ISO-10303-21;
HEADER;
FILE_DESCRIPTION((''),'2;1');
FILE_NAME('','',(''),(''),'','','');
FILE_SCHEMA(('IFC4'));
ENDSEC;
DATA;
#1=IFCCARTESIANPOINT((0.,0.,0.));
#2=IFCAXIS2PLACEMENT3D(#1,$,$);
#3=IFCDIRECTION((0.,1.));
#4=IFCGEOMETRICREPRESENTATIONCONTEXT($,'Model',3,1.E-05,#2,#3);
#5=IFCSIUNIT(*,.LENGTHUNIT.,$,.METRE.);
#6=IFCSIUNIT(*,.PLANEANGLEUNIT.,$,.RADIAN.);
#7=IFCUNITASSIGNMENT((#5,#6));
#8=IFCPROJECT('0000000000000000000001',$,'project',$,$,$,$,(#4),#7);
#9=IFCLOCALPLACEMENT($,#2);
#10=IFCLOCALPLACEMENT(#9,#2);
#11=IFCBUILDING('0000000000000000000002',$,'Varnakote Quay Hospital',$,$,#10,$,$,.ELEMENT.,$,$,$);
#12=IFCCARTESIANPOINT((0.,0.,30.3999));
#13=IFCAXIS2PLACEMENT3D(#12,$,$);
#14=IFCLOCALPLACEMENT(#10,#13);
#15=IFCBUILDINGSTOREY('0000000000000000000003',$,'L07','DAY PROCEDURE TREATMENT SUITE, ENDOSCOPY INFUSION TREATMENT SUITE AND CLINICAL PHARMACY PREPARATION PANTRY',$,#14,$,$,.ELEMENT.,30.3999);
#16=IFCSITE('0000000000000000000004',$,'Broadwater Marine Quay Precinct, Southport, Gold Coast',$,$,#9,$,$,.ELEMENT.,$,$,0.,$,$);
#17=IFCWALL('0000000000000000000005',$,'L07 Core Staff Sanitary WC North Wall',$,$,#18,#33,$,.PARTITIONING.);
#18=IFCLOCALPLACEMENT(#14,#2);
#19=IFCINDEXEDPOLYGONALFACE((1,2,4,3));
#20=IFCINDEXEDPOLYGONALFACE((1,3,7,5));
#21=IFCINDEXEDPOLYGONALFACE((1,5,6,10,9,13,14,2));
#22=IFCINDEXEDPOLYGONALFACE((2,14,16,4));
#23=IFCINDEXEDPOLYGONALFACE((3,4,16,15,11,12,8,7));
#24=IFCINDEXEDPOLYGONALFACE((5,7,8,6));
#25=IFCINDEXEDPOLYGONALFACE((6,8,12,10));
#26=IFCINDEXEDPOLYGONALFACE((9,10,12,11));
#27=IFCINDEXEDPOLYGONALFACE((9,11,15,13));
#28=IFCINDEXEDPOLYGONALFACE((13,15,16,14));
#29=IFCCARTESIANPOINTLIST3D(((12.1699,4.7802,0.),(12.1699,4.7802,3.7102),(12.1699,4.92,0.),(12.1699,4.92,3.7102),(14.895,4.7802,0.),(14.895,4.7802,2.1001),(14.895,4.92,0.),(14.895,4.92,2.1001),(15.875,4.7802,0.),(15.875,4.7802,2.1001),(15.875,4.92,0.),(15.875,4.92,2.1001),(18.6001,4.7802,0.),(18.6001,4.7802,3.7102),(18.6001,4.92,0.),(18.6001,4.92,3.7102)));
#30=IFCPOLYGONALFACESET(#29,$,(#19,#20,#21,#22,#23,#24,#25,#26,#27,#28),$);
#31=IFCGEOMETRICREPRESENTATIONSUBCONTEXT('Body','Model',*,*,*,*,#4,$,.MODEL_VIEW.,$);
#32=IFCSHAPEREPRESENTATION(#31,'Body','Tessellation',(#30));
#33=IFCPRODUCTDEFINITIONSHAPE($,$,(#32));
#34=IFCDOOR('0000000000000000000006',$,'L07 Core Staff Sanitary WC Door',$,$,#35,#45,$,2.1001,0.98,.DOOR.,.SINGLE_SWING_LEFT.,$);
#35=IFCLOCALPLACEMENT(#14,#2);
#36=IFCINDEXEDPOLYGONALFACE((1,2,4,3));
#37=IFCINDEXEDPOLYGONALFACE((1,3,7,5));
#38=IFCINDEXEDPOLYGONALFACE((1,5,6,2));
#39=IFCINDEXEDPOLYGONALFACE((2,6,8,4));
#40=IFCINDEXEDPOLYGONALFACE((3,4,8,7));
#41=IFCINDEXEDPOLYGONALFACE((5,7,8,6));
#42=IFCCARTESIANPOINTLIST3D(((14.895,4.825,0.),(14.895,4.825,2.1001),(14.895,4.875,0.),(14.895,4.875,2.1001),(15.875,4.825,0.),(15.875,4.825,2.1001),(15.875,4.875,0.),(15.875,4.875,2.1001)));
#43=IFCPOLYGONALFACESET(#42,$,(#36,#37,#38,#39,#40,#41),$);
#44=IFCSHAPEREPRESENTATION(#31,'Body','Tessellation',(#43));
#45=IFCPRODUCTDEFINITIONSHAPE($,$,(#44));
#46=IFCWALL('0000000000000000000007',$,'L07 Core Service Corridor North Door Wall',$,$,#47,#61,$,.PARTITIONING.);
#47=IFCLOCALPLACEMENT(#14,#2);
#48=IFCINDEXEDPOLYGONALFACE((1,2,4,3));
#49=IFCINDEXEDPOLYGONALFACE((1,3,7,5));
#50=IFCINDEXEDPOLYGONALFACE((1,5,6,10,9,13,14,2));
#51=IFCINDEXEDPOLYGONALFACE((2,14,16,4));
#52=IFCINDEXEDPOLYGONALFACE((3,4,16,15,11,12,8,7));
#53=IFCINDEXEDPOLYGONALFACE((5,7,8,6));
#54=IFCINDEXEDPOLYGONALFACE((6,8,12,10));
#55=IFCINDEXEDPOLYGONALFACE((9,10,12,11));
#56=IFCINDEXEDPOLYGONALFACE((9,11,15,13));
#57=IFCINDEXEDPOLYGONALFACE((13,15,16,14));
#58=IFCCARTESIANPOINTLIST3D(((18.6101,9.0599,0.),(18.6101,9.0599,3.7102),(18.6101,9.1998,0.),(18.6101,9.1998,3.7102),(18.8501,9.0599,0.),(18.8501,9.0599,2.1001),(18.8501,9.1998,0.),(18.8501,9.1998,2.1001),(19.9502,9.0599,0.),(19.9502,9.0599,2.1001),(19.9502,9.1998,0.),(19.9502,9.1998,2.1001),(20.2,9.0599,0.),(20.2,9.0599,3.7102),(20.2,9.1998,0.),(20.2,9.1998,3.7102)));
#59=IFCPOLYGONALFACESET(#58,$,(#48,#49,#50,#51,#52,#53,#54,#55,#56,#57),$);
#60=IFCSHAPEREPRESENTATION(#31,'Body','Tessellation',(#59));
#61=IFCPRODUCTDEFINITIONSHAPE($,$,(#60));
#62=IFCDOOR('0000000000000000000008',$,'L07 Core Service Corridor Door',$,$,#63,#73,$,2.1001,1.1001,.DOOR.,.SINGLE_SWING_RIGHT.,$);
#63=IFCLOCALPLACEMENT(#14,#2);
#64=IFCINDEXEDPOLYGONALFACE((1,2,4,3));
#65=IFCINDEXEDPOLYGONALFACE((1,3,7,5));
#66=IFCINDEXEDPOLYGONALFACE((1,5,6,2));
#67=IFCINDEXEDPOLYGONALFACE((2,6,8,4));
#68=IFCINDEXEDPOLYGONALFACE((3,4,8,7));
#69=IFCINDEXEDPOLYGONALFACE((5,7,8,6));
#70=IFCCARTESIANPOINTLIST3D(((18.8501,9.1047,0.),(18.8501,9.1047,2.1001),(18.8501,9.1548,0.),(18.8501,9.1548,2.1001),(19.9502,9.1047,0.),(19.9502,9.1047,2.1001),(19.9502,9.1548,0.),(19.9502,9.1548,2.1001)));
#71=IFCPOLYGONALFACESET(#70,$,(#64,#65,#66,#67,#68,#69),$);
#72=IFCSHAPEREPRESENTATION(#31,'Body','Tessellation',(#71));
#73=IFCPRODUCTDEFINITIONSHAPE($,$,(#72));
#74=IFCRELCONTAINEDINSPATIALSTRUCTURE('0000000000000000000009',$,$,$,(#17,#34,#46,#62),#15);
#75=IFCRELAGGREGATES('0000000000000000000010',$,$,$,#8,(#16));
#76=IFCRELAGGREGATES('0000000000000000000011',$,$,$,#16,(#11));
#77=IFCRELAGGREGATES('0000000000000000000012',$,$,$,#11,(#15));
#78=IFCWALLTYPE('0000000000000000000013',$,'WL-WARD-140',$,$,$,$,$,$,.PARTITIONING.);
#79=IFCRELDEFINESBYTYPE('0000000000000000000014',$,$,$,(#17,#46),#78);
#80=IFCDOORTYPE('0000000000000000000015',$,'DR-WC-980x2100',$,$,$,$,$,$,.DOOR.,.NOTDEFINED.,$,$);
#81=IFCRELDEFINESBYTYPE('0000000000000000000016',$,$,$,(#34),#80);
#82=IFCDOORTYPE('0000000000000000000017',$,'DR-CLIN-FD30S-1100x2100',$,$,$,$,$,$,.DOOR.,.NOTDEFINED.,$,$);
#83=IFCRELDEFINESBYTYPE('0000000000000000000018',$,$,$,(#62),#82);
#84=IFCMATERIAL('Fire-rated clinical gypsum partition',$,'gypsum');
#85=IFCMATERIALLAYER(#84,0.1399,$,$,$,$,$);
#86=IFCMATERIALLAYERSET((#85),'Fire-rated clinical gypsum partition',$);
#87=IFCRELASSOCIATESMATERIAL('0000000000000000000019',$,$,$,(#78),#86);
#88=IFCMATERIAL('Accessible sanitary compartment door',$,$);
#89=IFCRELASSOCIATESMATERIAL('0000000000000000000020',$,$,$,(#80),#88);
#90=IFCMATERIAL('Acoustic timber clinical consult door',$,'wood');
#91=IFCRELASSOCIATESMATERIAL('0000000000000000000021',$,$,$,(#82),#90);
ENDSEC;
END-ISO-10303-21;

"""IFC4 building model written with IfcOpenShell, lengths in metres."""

from ifc_helpers import new_model, si_unit, direction, frame, frame_2d, origin, place, context, subcontext, project, spatial, rectangle, extrude, material, layer, layer_set, type_object, element, fill, save


model = new_model("IFC4")

# Units and contexts
model_context = context("Model", 3, precision=1e-05, world=origin(), true_north=direction((0.0, 1.0)))
body_context = subcontext(model_context, "Body", "Model", "MODEL_VIEW")
ifc_project = project(units=[si_unit("LENGTHUNIT", "METRE"), si_unit("PLANEANGLEUNIT", "RADIAN")], contexts=[model_context])

# Site, building, storey
site_placement = place(None, origin())
site = spatial("IfcSite", under=ifc_project, at=site_placement, Name="Broadwater Marine Quay Precinct, Southport, Gold Coast", CompositionType="ELEMENT", RefElevation=0.0)
building_placement = place(site_placement, origin())
building = spatial("IfcBuilding", under=site, at=building_placement, Name="Varnakote Quay Hospital", CompositionType="ELEMENT")
storey_placement = place(building_placement, frame((0.0, 0.0, 30.3999)))
storey = spatial("IfcBuildingStorey", under=building, at=storey_placement, Name="L07", Description="DAY PROCEDURE TREATMENT SUITE, ENDOSCOPY INFUSION TREATMENT SUITE AND CLINICAL PHARMACY PREPARATION PANTRY", CompositionType="ELEMENT", Elevation=30.3999)

# Walls, openings, doors
ifc_material_1 = material(Name="Fire-rated clinical gypsum partition", Category="gypsum")
ifc_layer_1 = layer(ifc_material_1, 0.1399)
ifc_layer_set_1 = layer_set([ifc_layer_1], Name="Fire-rated clinical gypsum partition")
wall_type_1 = type_object("IfcWallType", Name="WL-WARD-140", PredefinedType="PARTITIONING", material=ifc_layer_set_1)
wall_1_placement = place(storey_placement, frame((12.1699, 4.8501, 0.0), z_axis=(0.0, 0.0, 1.0), x_axis=(1.0, 0.0, 0.0)))
wall_1 = element("IfcWall", 1, at=wall_1_placement, inside=storey, type_object=wall_type_1, Name="L07 Core Staff Sanitary WC North Wall", PredefinedType="PARTITIONING", context=body_context, shape_type="SweptSolid", body=[
    extrude(rectangle(XDim=6.4302, YDim=0.1399, at=frame_2d((3.2151, 0.0))), origin(), (0.0, 0.0, 1.0), 3.7102),
])
opening_1_placement = place(wall_1_placement, frame((2.7251, 0.0, 0.0)))
opening_1 = element("IfcOpeningElement", 2, at=opening_1_placement, cuts=wall_1, PredefinedType="OPENING", context=body_context, shape_type="SweptSolid", body=[
    extrude(rectangle(XDim=0.98, YDim=2.1001, at=frame_2d((0.49, 1.05))), frame((0.0, 0.0798, 0.0), z_axis=(0.0, -1.0, 0.0), x_axis=(1.0, 0.0, 0.0)), (0.0, 0.0, 1.0), 0.1599),
])
ifc_material_2 = material(Name="Accessible sanitary compartment door")
door_type_1 = type_object("IfcDoorType", Name="DR-WC-980x2100", OperationType="NOTDEFINED", PredefinedType="DOOR", material=ifc_material_2)
door_1_placement = place(opening_1_placement, origin())
door_1 = element("IfcDoor", 3, at=door_1_placement, inside=storey, type_object=door_type_1, Name="L07 Core Staff Sanitary WC Door", OperationType="SINGLE_SWING_LEFT", OverallHeight=2.1001, OverallWidth=0.98, PredefinedType="DOOR", context=body_context, shape_type="SweptSolid", body=[
    extrude(rectangle(XDim=0.98, YDim=2.1001, at=frame_2d((0.49, 1.05))), frame((0.0, 0.0249, 0.0), z_axis=(0.0, -1.0, 0.0), x_axis=(1.0, 0.0, 0.0)), (0.0, 0.0, 1.0), 0.05),
])
fill(opening_1, door_1)
wall_2_placement = place(storey_placement, frame((18.6101, 9.1299, 0.0), z_axis=(0.0, 0.0, 1.0), x_axis=(1.0, 0.0, 0.0)))
wall_2 = element("IfcWall", 4, at=wall_2_placement, inside=storey, type_object=wall_type_1, Name="L07 Core Service Corridor North Door Wall", PredefinedType="PARTITIONING", context=body_context, shape_type="SweptSolid", body=[
    extrude(rectangle(XDim=1.5898, YDim=0.1399, at=frame_2d((0.7949, 0.0))), origin(), (0.0, 0.0, 1.0), 3.7102),
])
opening_2_placement = place(wall_2_placement, frame((0.24, 0.0, 0.0)))
opening_2 = element("IfcOpeningElement", 5, at=opening_2_placement, cuts=wall_2, PredefinedType="OPENING", context=body_context, shape_type="SweptSolid", body=[
    extrude(rectangle(XDim=1.1001, YDim=2.1001, at=frame_2d((0.55, 1.05))), frame((0.0, 0.0798, 0.0), z_axis=(0.0, -1.0, 0.0), x_axis=(1.0, 0.0, 0.0)), (0.0, 0.0, 1.0), 0.1599),
])
ifc_material_3 = material(Name="Acoustic timber clinical consult door", Category="wood")
door_type_2 = type_object("IfcDoorType", Name="DR-CLIN-FD30S-1100x2100", OperationType="NOTDEFINED", PredefinedType="DOOR", material=ifc_material_3)
door_2_placement = place(opening_2_placement, origin())
door_2 = element("IfcDoor", 6, at=door_2_placement, inside=storey, type_object=door_type_2, Name="L07 Core Service Corridor Door", OperationType="SINGLE_SWING_RIGHT", OverallHeight=2.1001, OverallWidth=1.1001, PredefinedType="DOOR", context=body_context, shape_type="SweptSolid", body=[
    extrude(rectangle(XDim=1.1001, YDim=2.1001, at=frame_2d((0.55, 1.05))), frame((0.0, 0.0249, 0.0), z_axis=(0.0, -1.0, 0.0), x_axis=(1.0, 0.0, 0.0)), (0.0, 0.0, 1.0), 0.05),
])
fill(opening_2, door_2)

save(model, "model.ifc")
